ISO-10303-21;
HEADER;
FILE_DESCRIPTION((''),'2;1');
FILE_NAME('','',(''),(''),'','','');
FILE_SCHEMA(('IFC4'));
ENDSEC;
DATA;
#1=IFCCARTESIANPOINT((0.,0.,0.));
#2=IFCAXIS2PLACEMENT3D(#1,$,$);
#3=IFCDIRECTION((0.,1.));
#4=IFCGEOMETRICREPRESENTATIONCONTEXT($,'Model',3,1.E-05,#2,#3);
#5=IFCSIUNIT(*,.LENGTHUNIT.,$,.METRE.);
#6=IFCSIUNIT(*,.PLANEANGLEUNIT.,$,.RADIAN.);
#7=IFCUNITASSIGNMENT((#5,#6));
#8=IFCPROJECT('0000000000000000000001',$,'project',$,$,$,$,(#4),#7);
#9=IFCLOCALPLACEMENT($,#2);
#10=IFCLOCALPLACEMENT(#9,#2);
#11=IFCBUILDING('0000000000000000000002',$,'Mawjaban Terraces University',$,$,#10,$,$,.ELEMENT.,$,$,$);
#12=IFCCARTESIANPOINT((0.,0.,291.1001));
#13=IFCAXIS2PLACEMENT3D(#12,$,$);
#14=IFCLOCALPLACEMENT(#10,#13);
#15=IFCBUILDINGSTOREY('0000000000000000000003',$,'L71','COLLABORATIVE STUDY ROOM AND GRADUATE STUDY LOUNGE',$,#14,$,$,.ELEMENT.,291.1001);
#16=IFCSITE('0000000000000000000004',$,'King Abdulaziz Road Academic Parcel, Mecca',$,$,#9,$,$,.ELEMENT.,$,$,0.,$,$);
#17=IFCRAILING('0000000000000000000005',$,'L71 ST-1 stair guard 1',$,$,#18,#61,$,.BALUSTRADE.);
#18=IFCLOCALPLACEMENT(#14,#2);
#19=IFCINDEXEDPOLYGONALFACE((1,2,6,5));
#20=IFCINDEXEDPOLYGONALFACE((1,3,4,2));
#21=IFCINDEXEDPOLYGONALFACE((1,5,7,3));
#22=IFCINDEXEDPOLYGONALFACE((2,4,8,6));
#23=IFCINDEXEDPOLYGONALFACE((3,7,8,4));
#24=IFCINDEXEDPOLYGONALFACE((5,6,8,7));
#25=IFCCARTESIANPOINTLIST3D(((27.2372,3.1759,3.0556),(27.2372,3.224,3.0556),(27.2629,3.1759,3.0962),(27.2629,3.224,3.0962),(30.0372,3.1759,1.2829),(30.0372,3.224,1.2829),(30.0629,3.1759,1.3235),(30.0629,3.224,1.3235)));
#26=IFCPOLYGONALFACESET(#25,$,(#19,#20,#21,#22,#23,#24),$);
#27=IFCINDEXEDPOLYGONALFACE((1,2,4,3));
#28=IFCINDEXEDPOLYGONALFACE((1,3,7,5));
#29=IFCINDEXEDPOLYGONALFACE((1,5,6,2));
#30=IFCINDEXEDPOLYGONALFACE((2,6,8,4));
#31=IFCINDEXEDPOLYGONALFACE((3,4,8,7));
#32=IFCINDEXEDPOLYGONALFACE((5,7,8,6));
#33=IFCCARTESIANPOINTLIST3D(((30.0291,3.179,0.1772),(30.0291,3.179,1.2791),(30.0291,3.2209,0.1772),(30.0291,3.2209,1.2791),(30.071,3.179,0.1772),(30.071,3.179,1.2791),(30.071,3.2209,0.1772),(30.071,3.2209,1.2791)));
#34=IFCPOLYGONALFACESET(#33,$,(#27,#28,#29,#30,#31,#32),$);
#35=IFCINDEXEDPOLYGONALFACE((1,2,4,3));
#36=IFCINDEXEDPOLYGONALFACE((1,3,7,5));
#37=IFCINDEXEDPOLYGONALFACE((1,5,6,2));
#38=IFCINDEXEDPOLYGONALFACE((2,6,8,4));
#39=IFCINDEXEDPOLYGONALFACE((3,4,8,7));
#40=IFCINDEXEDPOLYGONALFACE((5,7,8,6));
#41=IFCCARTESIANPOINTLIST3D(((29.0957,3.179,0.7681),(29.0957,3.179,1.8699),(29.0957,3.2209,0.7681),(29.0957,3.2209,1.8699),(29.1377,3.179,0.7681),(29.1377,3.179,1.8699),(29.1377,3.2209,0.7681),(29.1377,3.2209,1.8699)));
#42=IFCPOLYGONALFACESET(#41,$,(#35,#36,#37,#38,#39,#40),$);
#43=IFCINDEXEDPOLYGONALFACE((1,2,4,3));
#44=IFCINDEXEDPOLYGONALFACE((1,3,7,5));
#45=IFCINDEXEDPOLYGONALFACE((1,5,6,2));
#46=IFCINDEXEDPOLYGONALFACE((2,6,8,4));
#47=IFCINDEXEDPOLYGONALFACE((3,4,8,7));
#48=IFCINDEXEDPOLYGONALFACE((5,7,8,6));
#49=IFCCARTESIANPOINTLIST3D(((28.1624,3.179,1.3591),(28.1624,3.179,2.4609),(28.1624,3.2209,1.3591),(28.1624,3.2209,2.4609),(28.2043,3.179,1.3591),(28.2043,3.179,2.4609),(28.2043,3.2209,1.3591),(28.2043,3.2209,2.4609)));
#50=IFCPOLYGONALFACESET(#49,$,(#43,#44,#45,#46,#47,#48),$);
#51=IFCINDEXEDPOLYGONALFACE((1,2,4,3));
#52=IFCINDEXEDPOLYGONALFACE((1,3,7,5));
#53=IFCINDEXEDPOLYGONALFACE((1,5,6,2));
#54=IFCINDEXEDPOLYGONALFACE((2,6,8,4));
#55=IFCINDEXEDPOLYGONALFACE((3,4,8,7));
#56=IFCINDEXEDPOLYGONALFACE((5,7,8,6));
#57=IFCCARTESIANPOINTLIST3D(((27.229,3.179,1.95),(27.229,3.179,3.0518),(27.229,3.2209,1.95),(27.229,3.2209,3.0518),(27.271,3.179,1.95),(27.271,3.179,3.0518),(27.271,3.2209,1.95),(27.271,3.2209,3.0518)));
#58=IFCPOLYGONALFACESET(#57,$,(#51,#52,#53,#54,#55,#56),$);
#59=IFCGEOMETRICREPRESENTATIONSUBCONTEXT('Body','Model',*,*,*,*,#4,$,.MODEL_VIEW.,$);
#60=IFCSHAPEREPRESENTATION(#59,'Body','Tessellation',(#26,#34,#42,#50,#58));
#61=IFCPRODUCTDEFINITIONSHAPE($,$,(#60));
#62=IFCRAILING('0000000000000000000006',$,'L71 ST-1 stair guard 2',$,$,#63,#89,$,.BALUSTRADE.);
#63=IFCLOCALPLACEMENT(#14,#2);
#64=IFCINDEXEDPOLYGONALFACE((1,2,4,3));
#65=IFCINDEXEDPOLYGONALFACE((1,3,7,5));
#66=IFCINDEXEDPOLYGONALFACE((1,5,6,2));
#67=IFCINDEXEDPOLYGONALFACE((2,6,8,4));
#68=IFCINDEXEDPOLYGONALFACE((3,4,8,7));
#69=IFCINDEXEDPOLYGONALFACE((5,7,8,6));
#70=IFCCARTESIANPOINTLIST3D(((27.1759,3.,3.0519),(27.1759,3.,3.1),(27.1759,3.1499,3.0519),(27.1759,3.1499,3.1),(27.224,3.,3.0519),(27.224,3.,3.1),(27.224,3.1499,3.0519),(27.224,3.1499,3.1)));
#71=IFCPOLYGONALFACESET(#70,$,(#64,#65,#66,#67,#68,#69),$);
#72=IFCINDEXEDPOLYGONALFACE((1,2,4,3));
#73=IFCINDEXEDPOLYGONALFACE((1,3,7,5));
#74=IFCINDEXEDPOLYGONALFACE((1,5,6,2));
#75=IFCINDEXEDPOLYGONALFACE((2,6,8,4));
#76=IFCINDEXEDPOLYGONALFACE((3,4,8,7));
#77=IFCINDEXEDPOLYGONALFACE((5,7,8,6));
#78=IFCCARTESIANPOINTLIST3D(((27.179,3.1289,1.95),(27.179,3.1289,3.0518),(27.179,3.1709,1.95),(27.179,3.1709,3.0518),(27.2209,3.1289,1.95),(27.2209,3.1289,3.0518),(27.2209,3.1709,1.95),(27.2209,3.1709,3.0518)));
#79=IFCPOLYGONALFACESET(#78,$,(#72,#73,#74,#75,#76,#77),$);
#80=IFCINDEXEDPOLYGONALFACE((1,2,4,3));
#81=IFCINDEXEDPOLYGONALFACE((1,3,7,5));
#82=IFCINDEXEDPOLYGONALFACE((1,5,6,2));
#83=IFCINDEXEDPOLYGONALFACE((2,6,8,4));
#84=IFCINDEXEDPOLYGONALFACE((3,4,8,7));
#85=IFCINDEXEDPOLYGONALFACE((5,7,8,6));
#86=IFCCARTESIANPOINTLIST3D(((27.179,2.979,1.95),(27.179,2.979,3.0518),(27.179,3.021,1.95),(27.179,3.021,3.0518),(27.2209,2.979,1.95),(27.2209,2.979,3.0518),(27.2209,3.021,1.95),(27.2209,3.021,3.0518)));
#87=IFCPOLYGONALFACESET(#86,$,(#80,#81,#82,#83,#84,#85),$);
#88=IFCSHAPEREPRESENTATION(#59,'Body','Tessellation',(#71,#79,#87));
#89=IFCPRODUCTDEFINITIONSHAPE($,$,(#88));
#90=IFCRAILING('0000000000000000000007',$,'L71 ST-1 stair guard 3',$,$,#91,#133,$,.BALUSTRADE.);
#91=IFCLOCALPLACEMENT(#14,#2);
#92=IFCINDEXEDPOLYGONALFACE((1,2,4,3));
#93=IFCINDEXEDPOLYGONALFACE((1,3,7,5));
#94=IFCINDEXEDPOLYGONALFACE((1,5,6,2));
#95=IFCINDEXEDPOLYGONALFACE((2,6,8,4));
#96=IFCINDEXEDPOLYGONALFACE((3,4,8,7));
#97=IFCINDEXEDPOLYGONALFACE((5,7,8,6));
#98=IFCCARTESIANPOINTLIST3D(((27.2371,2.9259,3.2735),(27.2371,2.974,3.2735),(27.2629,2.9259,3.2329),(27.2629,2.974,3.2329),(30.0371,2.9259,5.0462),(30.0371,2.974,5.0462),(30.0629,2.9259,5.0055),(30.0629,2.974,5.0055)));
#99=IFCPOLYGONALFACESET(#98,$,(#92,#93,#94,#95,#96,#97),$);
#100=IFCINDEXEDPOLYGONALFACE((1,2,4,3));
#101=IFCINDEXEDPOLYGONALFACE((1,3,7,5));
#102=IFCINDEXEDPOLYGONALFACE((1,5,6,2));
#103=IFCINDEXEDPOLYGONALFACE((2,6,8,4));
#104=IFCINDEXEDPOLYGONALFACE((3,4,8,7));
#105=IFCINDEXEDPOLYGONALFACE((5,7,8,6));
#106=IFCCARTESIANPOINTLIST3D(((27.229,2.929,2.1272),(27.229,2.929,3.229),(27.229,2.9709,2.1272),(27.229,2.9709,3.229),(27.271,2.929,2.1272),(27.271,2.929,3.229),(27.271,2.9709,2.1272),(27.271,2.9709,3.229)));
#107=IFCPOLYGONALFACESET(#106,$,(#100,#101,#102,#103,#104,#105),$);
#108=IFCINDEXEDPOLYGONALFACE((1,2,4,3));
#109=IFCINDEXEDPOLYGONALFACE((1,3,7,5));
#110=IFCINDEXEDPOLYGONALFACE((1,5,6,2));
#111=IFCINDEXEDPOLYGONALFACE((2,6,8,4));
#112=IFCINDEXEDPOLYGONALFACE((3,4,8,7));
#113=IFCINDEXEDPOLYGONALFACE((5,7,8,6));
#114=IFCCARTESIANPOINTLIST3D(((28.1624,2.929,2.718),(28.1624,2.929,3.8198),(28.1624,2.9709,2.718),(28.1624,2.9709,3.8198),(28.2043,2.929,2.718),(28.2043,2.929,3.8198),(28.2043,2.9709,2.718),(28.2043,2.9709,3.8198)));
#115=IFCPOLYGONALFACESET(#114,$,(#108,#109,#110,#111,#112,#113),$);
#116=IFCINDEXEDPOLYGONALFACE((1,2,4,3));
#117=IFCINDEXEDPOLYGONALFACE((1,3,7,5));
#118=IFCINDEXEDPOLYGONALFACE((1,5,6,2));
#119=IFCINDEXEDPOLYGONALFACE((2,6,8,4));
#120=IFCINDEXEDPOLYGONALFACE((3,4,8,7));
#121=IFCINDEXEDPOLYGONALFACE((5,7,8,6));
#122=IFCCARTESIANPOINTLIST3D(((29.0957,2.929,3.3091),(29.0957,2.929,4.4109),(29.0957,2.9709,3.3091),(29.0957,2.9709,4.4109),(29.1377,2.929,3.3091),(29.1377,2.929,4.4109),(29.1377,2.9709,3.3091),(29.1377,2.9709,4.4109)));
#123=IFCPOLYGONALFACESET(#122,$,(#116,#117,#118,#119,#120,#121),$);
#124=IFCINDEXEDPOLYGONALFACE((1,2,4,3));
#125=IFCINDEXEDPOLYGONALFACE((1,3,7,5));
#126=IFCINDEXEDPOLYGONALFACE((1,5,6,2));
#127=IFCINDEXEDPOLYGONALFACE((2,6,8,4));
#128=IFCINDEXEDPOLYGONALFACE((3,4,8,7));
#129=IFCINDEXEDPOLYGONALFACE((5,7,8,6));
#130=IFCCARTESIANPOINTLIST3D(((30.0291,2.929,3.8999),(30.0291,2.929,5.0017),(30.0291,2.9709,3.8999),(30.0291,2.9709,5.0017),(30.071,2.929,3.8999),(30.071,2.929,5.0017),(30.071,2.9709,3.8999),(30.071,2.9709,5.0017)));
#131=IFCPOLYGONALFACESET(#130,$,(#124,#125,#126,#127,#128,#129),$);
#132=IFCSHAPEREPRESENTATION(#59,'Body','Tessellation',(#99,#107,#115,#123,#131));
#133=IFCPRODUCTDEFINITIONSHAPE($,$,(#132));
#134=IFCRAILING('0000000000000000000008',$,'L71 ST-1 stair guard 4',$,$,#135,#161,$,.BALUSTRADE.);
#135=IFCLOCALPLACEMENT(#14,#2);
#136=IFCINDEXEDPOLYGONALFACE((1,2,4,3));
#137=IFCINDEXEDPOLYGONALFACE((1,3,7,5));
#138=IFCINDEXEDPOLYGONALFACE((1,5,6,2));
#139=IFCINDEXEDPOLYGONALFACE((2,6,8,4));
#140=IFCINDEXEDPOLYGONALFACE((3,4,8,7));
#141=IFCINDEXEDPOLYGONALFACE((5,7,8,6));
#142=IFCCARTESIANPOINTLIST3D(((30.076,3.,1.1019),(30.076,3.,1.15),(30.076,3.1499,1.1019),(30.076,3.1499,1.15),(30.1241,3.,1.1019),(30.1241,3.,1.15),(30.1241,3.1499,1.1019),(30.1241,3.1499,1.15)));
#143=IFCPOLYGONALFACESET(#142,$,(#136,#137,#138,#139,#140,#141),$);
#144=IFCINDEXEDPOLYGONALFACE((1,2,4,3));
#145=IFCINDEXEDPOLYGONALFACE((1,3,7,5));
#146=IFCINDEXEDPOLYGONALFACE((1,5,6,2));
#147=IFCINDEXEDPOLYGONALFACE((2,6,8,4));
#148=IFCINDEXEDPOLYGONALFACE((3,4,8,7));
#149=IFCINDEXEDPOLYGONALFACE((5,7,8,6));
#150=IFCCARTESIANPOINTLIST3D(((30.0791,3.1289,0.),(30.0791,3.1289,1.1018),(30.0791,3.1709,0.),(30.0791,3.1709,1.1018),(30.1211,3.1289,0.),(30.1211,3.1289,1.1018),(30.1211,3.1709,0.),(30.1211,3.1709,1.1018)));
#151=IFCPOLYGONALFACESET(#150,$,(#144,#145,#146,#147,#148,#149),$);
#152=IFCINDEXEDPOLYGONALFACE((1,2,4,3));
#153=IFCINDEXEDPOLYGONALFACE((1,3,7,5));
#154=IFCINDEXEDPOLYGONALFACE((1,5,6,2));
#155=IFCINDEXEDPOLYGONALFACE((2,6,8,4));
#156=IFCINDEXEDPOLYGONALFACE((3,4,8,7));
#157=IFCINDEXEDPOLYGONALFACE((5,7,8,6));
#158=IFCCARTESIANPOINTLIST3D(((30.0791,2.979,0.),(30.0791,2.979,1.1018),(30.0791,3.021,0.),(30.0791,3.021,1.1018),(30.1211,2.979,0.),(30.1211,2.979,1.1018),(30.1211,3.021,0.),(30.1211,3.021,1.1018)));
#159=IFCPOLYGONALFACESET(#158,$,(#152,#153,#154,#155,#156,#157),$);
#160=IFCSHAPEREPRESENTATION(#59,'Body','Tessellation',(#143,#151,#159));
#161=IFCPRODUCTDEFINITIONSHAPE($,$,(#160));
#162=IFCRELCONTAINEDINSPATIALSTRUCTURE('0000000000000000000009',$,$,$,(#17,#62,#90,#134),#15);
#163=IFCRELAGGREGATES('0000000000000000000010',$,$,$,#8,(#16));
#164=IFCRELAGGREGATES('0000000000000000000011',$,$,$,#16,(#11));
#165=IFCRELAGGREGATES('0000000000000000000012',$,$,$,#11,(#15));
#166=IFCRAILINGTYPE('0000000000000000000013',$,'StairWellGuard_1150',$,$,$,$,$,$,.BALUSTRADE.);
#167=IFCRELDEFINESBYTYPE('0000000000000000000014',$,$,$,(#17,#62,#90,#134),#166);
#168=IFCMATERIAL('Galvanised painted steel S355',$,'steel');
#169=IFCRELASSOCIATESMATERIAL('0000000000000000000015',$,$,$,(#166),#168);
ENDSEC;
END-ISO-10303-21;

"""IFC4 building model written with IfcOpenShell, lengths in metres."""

from ifc_helpers import new_model, si_unit, direction, frame, origin, origin_2d, place, context, subcontext, project, spatial, rectangle, extrude, material, type_object, element, save


model = new_model("IFC4")

# Units and contexts
model_context = context("Model", 3, precision=1e-05, world=origin(), true_north=direction((0.0, 1.0)))
body_context = subcontext(model_context, "Body", "Model", "MODEL_VIEW")
ifc_project = project(units=[si_unit("LENGTHUNIT", "METRE"), si_unit("PLANEANGLEUNIT", "RADIAN")], contexts=[model_context])

# Site, building, storey
site_placement = place(None, origin())
site = spatial("IfcSite", under=ifc_project, at=site_placement, Name="King Abdulaziz Road Academic Parcel, Mecca", CompositionType="ELEMENT", RefElevation=0.0)
building_placement = place(site_placement, origin())
building = spatial("IfcBuilding", under=site, at=building_placement, Name="Mawjaban Terraces University", CompositionType="ELEMENT")
storey_placement = place(building_placement, frame((0.0, 0.0, 291.1001)))
storey = spatial("IfcBuildingStorey", under=building, at=storey_placement, Name="L71", Description="COLLABORATIVE STUDY ROOM AND GRADUATE STUDY LOUNGE", CompositionType="ELEMENT", Elevation=291.1001)

# Railings
ifc_material_1 = material(Name="Galvanised painted steel S355", Category="steel")
railing_type_1 = type_object("IfcRailingType", Name="StairWellGuard_1150", PredefinedType="BALUSTRADE", material=ifc_material_1)
railing_1_placement = place(storey_placement, frame((30.05, 3.2, 0.1772)))
element("IfcRailing", 1, at=railing_1_placement, inside=storey, type_object=railing_type_1, Name="L71 ST-1 stair guard 1", PredefinedType="BALUSTRADE", context=body_context, shape_type="SweptSolid", body=[
    extrude(rectangle(XDim=0.0481, YDim=0.0481, at=origin_2d()), frame((0.0, 0.0, 1.126), z_axis=(-0.844909, 0.0, 0.53491), x_axis=(0.0, -1.0, 0.0)), (0.0, 0.0, 1.0), 3.314),
    extrude(rectangle(XDim=0.042, YDim=0.042, at=origin_2d()), origin(), (0.0, 0.0, 1.0), 1.1018),
    extrude(rectangle(XDim=0.042, YDim=0.042, at=origin_2d()), frame((-0.9333, 0.0, 0.5908)), (0.0, 0.0, 1.0), 1.1018),
    extrude(rectangle(XDim=0.042, YDim=0.042, at=origin_2d()), frame((-1.8667, 0.0, 1.1819)), (0.0, 0.0, 1.0), 1.1018),
    extrude(rectangle(XDim=0.042, YDim=0.042, at=origin_2d()), frame((-2.8, 0.0, 1.7727)), (0.0, 0.0, 1.0), 1.1018),
])
railing_2_placement = place(storey_placement, frame((27.2, 3.1499, 1.95)))
element("IfcRailing", 2, at=railing_2_placement, inside=storey, type_object=railing_type_1, Name="L71 ST-1 stair guard 2", PredefinedType="BALUSTRADE", context=body_context, shape_type="SweptSolid", body=[
    extrude(rectangle(XDim=0.0481, YDim=0.0481, at=origin_2d()), frame((0.0, 0.0, 1.126), z_axis=(0.0, -1.0, 0.0), x_axis=(1.0, 0.0, 0.0)), (0.0, 0.0, 1.0), 0.1499),
    extrude(rectangle(XDim=0.042, YDim=0.042, at=origin_2d()), origin(), (0.0, 0.0, 1.0), 1.1018),
    extrude(rectangle(XDim=0.042, YDim=0.042, at=origin_2d()), frame((0.0, -0.1499, 0.0)), (0.0, 0.0, 1.0), 1.1018),
])
railing_3_placement = place(storey_placement, frame((27.25, 2.95, 2.1272)))
element("IfcRailing", 3, at=railing_3_placement, inside=storey, type_object=railing_type_1, Name="L71 ST-1 stair guard 3", PredefinedType="BALUSTRADE", context=body_context, shape_type="SweptSolid", body=[
    extrude(rectangle(XDim=0.0481, YDim=0.0481, at=origin_2d()), frame((0.0, 0.0, 1.126), z_axis=(0.844909, 0.0, 0.53491), x_axis=(0.0, 1.0, 0.0)), (0.0, 0.0, 1.0), 3.314),
    extrude(rectangle(XDim=0.042, YDim=0.042, at=origin_2d()), origin(), (0.0, 0.0, 1.0), 1.1018),
    extrude(rectangle(XDim=0.042, YDim=0.042, at=origin_2d()), frame((0.9333, 0.0, 0.5908)), (0.0, 0.0, 1.0), 1.1018),
    extrude(rectangle(XDim=0.042, YDim=0.042, at=origin_2d()), frame((1.8667, 0.0, 1.1819)), (0.0, 0.0, 1.0), 1.1018),
    extrude(rectangle(XDim=0.042, YDim=0.042, at=origin_2d()), frame((2.8, 0.0, 1.7727)), (0.0, 0.0, 1.0), 1.1018),
])
railing_4_placement = place(storey_placement, frame((30.1001, 3.1499, 0.0)))
element("IfcRailing", 4, at=railing_4_placement, inside=storey, type_object=railing_type_1, Name="L71 ST-1 stair guard 4", PredefinedType="BALUSTRADE", context=body_context, shape_type="SweptSolid", body=[
    extrude(rectangle(XDim=0.0481, YDim=0.0481, at=origin_2d()), frame((0.0, 0.0, 1.126), z_axis=(0.0, -1.0, 0.0), x_axis=(1.0, 0.0, 0.0)), (0.0, 0.0, 1.0), 0.1499),
    extrude(rectangle(XDim=0.042, YDim=0.042, at=origin_2d()), origin(), (0.0, 0.0, 1.0), 1.1018),
    extrude(rectangle(XDim=0.042, YDim=0.042, at=origin_2d()), frame((0.0, -0.1499, 0.0)), (0.0, 0.0, 1.0), 1.1018),
])

save(model, "model.ifc")
